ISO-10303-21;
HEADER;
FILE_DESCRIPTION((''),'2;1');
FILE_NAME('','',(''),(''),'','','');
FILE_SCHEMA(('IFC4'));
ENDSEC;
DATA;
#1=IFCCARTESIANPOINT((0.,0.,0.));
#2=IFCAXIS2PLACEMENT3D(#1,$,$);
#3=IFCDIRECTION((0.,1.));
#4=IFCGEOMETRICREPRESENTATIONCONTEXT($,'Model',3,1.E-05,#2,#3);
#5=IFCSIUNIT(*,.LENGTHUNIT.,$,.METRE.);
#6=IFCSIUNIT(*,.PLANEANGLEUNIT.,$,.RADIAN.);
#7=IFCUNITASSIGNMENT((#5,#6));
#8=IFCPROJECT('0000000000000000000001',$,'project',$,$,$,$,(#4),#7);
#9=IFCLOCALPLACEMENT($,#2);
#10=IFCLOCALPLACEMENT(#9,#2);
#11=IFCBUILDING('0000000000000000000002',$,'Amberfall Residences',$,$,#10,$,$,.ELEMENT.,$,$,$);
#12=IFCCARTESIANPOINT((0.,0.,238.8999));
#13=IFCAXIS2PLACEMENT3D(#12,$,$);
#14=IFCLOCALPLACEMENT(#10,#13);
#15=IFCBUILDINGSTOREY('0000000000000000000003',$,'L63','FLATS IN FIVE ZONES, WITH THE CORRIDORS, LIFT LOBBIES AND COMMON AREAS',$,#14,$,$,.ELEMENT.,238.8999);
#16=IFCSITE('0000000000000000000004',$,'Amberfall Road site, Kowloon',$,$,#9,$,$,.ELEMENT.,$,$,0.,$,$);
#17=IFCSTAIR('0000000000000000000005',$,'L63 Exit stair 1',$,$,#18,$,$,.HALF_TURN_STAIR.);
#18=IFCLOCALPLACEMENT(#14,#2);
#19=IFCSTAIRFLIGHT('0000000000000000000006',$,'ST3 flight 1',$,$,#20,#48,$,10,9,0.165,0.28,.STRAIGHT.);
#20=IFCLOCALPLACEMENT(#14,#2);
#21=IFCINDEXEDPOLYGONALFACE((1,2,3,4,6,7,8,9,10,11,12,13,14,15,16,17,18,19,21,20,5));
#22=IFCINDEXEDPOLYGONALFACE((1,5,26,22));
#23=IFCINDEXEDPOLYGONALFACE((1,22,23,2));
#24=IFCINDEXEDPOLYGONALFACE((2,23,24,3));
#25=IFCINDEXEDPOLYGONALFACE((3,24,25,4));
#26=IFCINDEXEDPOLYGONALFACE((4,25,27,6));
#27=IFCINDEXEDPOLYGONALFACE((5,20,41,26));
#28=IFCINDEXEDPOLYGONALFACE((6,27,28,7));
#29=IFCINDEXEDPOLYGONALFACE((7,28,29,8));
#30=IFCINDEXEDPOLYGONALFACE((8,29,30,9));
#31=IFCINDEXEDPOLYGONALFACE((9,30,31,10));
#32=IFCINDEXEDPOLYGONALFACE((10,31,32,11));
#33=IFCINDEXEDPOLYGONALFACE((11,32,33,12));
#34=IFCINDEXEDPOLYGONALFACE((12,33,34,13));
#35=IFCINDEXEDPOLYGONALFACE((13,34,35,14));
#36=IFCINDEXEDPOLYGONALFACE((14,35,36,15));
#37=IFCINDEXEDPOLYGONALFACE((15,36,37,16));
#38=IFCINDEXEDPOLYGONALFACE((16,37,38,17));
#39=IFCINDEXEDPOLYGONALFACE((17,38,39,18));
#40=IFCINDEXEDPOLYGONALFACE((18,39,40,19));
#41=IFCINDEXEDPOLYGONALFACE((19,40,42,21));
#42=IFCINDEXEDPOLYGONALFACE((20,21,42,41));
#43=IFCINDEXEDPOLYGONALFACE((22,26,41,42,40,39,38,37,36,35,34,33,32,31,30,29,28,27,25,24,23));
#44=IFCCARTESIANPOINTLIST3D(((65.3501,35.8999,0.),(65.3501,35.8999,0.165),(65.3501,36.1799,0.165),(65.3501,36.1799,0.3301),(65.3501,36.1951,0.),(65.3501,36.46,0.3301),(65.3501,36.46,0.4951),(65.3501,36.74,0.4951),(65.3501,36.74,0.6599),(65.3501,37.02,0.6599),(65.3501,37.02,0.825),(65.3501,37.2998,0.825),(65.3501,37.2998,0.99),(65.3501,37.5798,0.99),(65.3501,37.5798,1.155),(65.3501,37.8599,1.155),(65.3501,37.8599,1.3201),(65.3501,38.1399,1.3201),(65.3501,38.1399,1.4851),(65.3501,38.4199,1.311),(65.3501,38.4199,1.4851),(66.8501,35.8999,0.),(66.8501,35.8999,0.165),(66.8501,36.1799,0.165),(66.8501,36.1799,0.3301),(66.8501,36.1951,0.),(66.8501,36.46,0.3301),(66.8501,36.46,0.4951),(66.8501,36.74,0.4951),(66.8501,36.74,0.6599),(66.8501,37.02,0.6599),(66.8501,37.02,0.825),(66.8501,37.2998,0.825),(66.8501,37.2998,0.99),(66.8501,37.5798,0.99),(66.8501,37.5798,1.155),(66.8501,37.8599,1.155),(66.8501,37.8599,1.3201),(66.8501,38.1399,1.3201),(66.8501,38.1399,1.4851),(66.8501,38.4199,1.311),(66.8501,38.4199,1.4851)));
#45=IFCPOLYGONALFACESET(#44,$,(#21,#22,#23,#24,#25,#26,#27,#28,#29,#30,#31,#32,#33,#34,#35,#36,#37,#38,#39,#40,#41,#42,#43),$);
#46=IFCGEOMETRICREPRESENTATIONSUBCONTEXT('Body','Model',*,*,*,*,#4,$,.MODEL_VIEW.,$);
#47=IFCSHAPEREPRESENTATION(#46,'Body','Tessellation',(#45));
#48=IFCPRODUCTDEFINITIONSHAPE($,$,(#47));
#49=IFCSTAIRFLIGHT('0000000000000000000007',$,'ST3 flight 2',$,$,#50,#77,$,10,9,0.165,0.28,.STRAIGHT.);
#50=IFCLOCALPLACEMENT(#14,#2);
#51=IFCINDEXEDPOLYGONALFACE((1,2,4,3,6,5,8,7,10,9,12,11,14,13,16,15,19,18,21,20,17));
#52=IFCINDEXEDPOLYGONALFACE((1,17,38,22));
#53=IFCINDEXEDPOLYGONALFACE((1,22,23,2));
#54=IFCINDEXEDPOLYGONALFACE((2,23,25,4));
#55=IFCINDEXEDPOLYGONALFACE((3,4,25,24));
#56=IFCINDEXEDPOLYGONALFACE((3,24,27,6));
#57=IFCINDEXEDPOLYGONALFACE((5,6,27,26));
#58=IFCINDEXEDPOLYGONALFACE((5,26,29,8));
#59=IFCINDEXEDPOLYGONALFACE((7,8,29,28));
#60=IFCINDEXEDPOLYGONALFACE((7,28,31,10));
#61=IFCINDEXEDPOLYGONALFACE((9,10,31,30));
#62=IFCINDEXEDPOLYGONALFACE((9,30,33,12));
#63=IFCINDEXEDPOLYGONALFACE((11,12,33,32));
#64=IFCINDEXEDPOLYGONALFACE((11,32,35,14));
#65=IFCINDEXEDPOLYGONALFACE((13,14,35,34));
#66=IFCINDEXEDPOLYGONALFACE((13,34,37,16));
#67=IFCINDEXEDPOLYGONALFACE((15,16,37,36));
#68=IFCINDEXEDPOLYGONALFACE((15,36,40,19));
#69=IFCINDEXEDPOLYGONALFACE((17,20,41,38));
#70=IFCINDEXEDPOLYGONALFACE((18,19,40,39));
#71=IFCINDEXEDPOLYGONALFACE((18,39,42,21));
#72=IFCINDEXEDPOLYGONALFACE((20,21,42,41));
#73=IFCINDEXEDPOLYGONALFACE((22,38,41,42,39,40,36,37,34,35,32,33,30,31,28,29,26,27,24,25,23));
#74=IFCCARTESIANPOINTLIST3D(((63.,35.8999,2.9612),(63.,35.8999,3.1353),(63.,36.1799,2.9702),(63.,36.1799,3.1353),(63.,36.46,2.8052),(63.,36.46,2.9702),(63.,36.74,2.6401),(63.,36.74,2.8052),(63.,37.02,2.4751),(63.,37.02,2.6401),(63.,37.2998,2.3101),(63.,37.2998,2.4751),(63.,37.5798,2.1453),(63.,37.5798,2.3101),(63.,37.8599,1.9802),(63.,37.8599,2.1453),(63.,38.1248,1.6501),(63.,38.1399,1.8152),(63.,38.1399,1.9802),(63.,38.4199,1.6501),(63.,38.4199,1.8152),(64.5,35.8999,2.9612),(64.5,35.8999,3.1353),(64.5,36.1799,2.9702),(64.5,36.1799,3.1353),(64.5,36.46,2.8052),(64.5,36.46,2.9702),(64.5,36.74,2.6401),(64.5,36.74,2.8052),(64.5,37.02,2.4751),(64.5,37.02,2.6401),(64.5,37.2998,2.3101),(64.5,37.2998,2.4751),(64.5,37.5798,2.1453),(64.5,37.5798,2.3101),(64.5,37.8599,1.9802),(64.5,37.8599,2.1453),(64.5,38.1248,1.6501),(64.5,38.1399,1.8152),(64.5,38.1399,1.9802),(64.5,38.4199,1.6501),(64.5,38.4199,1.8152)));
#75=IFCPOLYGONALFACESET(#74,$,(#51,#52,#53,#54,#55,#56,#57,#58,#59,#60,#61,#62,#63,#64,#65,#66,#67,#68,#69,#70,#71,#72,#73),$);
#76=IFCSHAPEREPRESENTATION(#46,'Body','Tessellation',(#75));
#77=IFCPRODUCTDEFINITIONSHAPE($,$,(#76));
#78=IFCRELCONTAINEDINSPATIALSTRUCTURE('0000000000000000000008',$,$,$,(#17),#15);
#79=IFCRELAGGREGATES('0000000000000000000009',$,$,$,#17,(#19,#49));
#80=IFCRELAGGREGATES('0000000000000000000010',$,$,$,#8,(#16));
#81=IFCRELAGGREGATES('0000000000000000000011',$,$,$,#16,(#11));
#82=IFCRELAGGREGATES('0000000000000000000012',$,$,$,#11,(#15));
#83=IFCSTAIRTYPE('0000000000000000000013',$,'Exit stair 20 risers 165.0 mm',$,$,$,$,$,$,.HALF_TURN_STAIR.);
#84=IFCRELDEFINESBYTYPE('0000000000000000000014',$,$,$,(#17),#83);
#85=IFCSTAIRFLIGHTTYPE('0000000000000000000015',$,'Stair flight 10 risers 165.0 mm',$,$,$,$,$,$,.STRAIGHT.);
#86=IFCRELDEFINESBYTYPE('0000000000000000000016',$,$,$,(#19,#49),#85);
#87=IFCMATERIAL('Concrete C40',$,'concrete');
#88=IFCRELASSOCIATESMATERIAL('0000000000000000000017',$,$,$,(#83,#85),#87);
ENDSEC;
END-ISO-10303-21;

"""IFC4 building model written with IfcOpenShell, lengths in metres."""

from ifc_helpers import new_model, si_unit, direction, frame, origin, place, context, subcontext, project, spatial, polyline, outline, extrude, material, type_object, element, aggregate, save


model = new_model("IFC4")

# Units and contexts
model_context = context("Model", 3, precision=1e-05, world=origin(), true_north=direction((0.0, 1.0)))
body_context = subcontext(model_context, "Body", "Model", "MODEL_VIEW")
ifc_project = project(units=[si_unit("LENGTHUNIT", "METRE"), si_unit("PLANEANGLEUNIT", "RADIAN")], contexts=[model_context])

# Site, building, storey
site_placement = place(None, origin())
site = spatial("IfcSite", under=ifc_project, at=site_placement, Name="Amberfall Road site, Kowloon", CompositionType="ELEMENT", RefElevation=0.0)
building_placement = place(site_placement, origin())
building = spatial("IfcBuilding", under=site, at=building_placement, Name="Amberfall Residences", CompositionType="ELEMENT")
storey_placement = place(building_placement, frame((0.0, 0.0, 238.8999)))
storey = spatial("IfcBuildingStorey", under=building, at=storey_placement, Name="L63", Description="FLATS IN FIVE ZONES, WITH THE CORRIDORS, LIFT LOBBIES AND COMMON AREAS", CompositionType="ELEMENT", Elevation=238.8999)

# Stair, stair flights
ifc_material_1 = material(Name="Concrete C40", Category="concrete")
stair_type = type_object("IfcStairType", Name="Exit stair 20 risers 165.0 mm", PredefinedType="HALF_TURN_STAIR", material=ifc_material_1)
stair_placement = place(storey_placement, origin())
stair = element("IfcStair", 1, at=stair_placement, inside=storey, type_object=stair_type, Name="L63 Exit stair 1", PredefinedType="HALF_TURN_STAIR")
stair_flight_type = type_object("IfcStairFlightType", Name="Stair flight 10 risers 165.0 mm", PredefinedType="STRAIGHT", material=ifc_material_1)
stair_flight_1_placement = place(storey_placement, frame((66.1001, 35.8999, 0.0), z_axis=(0.0, 0.0, 1.0), x_axis=(0.0, 1.0, 0.0)))
stair_flight_1 = element("IfcStairFlight", 2, at=stair_flight_1_placement, type_object=stair_flight_type, Name="ST3 flight 1", NumberOfRisers=10, NumberOfTreads=9, PredefinedType="STRAIGHT", RiserHeight=0.165, TreadLength=0.28, context=body_context, shape_type="SweptSolid", body=[
    extrude(outline(polyline([(0.0, 0.0), (0.0, 0.165), (0.28, 0.165), (0.28, 0.3301), (0.5601, 0.3301), (0.5601, 0.4951), (0.8401, 0.4951), (0.8401, 0.6599), (1.1201, 0.6599), (1.1201, 0.825), (1.3999, 0.825), (1.3999, 0.99), (1.6799, 0.99), (1.6799, 1.155), (1.96, 1.155), (1.96, 1.3201), (2.24, 1.3201), (2.24, 1.4851), (2.52, 1.4851), (2.52, 1.6499), (2.52, 1.311), (0.2952, 0.0), (0.0, 0.0)])), frame((0.0, 0.75, 0.0), z_axis=(0.0, -1.0, 0.0), x_axis=(1.0, 0.0, 0.0)), (0.0, 0.0, 1.0), 1.5),
])
stair_flight_2_placement = place(storey_placement, frame((63.75, 38.4199, 1.6501), z_axis=(0.0, 0.0, 1.0), x_axis=(0.0, -1.0, 0.0)))
stair_flight_2 = element("IfcStairFlight", 3, at=stair_flight_2_placement, type_object=stair_flight_type, Name="ST3 flight 2", NumberOfRisers=10, NumberOfTreads=9, PredefinedType="STRAIGHT", RiserHeight=0.165, TreadLength=0.28, context=body_context, shape_type="SweptSolid", body=[
    extrude(outline(polyline([(0.0, 0.0), (0.0, 0.165), (0.28, 0.165), (0.28, 0.3301), (0.5601, 0.3301), (0.5601, 0.4951), (0.8401, 0.4951), (0.8401, 0.6599), (1.1201, 0.6599), (1.1201, 0.825), (1.3999, 0.825), (1.3999, 0.99), (1.6799, 0.99), (1.6799, 1.155), (1.96, 1.155), (1.96, 1.3201), (2.24, 1.3201), (2.24, 1.4851), (2.52, 1.4851), (2.52, 1.6499), (2.52, 1.311), (0.2952, 0.0), (0.0, 0.0)])), frame((0.0, 0.75, 0.0), z_axis=(0.0, -1.0, 0.0), x_axis=(1.0, 0.0, 0.0)), (0.0, 0.0, 1.0), 1.5),
])
aggregate(stair, [stair_flight_1, stair_flight_2])

save(model, "model.ifc")
